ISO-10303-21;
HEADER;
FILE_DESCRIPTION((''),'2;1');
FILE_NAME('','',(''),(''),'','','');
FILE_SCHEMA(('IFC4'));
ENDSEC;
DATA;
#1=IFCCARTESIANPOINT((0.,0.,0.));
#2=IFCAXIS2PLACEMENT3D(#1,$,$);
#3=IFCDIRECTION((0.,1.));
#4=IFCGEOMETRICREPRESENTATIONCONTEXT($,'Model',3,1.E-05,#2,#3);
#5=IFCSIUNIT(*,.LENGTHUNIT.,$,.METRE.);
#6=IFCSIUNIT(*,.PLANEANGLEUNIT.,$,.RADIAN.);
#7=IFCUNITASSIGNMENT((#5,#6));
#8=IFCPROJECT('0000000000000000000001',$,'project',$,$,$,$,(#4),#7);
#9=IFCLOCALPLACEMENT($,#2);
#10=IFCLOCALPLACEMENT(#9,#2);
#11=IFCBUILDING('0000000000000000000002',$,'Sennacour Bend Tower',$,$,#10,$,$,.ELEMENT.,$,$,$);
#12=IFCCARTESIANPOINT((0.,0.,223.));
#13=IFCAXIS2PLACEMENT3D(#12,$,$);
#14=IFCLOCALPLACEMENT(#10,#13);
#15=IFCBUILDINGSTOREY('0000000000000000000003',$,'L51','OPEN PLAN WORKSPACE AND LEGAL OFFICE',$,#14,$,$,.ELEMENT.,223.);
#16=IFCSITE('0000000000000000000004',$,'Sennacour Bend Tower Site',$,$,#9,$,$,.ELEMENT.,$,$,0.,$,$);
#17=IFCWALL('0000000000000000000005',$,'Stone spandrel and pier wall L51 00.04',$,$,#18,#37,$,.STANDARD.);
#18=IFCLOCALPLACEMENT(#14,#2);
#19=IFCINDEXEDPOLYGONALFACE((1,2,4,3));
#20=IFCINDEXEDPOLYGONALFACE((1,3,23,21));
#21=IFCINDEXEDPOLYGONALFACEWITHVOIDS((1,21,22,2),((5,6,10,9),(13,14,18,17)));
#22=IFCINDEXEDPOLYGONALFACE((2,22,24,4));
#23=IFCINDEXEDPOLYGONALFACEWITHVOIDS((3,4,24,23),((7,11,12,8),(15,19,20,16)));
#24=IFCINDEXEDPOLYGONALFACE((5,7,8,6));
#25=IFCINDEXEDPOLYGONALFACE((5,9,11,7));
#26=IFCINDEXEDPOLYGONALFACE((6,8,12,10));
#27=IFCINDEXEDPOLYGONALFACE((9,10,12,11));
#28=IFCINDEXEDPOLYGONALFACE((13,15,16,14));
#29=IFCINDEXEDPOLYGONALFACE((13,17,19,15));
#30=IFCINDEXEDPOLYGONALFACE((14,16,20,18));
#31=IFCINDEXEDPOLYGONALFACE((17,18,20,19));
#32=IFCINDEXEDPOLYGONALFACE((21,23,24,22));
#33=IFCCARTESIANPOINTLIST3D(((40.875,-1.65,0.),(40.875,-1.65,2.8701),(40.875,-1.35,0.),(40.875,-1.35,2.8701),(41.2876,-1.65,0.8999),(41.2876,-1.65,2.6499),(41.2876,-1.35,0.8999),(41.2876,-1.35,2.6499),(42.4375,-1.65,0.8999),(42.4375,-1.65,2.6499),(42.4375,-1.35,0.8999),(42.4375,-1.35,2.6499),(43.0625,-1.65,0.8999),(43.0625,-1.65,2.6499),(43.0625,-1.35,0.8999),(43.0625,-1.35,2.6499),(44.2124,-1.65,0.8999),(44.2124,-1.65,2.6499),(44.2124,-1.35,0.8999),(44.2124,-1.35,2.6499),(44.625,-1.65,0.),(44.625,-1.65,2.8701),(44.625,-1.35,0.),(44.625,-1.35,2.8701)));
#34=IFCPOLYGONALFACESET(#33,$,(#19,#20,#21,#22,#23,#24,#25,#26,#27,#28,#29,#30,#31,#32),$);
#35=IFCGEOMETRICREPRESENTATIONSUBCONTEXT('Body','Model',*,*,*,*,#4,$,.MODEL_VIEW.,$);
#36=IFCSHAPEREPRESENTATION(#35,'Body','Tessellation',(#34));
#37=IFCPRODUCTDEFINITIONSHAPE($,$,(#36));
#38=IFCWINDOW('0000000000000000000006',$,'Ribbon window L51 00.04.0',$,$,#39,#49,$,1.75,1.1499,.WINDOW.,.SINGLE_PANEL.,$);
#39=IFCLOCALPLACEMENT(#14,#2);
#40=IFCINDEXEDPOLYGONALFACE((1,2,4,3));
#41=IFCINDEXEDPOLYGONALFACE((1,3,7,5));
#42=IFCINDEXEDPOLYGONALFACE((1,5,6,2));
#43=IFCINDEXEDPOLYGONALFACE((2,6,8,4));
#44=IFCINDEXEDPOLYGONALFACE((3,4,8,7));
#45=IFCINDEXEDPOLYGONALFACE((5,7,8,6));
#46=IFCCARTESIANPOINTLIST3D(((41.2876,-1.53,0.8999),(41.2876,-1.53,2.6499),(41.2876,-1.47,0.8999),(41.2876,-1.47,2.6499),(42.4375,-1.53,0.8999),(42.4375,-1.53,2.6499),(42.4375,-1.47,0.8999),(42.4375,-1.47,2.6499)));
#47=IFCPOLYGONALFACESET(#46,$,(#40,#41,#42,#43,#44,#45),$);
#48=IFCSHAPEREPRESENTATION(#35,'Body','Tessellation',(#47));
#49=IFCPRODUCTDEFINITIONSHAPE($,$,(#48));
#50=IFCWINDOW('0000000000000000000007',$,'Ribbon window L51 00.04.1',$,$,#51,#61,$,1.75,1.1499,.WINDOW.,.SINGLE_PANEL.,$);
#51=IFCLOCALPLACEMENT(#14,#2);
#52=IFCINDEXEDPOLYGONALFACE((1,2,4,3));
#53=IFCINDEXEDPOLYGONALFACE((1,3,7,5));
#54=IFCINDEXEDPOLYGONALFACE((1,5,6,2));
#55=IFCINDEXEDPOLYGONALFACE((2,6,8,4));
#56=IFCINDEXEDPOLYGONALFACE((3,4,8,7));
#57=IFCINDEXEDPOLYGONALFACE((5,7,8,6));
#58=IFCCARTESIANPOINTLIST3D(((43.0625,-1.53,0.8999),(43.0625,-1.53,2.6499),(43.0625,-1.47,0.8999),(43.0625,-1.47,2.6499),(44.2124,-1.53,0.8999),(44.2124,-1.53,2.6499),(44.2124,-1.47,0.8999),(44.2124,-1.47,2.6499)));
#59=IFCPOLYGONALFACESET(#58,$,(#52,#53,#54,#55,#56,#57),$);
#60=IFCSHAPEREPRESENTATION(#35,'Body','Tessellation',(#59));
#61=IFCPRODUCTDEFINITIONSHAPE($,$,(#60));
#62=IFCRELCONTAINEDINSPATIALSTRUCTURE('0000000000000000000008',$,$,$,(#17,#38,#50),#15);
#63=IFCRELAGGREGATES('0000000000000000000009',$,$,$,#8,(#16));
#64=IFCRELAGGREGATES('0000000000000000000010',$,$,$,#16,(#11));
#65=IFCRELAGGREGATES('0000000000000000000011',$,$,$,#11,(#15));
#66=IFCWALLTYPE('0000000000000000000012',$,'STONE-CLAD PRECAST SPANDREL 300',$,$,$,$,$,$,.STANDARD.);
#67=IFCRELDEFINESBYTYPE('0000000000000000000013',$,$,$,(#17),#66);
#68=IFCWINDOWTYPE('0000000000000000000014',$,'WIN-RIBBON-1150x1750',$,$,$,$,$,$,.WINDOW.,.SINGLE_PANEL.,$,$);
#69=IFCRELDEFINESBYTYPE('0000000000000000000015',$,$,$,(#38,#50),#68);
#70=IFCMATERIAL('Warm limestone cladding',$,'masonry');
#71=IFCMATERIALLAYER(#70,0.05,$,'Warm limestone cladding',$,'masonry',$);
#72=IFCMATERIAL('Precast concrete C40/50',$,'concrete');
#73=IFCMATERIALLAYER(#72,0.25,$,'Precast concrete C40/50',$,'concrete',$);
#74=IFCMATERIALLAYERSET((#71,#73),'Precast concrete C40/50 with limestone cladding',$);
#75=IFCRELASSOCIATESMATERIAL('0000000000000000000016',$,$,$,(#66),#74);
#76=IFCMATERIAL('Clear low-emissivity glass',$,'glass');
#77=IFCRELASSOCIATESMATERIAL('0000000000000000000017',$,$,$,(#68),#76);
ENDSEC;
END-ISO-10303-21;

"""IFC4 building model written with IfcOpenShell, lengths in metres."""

from ifc_helpers import new_model, si_unit, direction, frame, frame_2d, origin, place, context, subcontext, project, spatial, rectangle, extrude, material, layer, layer_set, type_object, element, fill, save


model = new_model("IFC4")

# Units and contexts
model_context = context("Model", 3, precision=1e-05, world=origin(), true_north=direction((0.0, 1.0)))
body_context = subcontext(model_context, "Body", "Model", "MODEL_VIEW")
ifc_project = project(units=[si_unit("LENGTHUNIT", "METRE"), si_unit("PLANEANGLEUNIT", "RADIAN")], contexts=[model_context])

# Site, building, storey
site_placement = place(None, origin())
site = spatial("IfcSite", under=ifc_project, at=site_placement, Name="Sennacour Bend Tower Site", CompositionType="ELEMENT", RefElevation=0.0)
building_placement = place(site_placement, origin())
building = spatial("IfcBuilding", under=site, at=building_placement, Name="Sennacour Bend Tower", CompositionType="ELEMENT")
storey_placement = place(building_placement, frame((0.0, 0.0, 223.0)))
storey = spatial("IfcBuildingStorey", under=building, at=storey_placement, Name="L51", Description="OPEN PLAN WORKSPACE AND LEGAL OFFICE", CompositionType="ELEMENT", Elevation=223.0)

# Wall, openings, windows
ifc_material_1 = material(Name="Warm limestone cladding", Category="masonry")
ifc_layer_1 = layer(ifc_material_1, 0.05, Name="Warm limestone cladding", Category="masonry")
ifc_material_2 = material(Name="Precast concrete C40/50", Category="concrete")
ifc_layer_2 = layer(ifc_material_2, 0.25, Name="Precast concrete C40/50", Category="concrete")
ifc_layer_set_1 = layer_set([ifc_layer_1, ifc_layer_2], Name="Precast concrete C40/50 with limestone cladding")
wall_type_1 = type_object("IfcWallType", Name="STONE-CLAD PRECAST SPANDREL 300", PredefinedType="STANDARD", material=ifc_layer_set_1)
ifc_material_3 = material(Name="Clear low-emissivity glass", Category="glass")
window_type = type_object("IfcWindowType", Name="WIN-RIBBON-1150x1750", PartitioningType="SINGLE_PANEL", PredefinedType="WINDOW", material=ifc_material_3)
wall_1_placement = place(storey_placement, frame((40.875, -1.5, 0.0), z_axis=(0.0, 0.0, 1.0), x_axis=(1.0, 0.0, 0.0)))
wall_1 = element("IfcWall", 1, at=wall_1_placement, inside=storey, type_object=wall_type_1, Name="Stone spandrel and pier wall L51 00.04", PredefinedType="STANDARD", context=body_context, shape_type="SweptSolid", body=[
    extrude(rectangle(XDim=3.75, YDim=0.3, at=frame_2d((1.875, 0.0))), origin(), (0.0, 0.0, 1.0), 2.8701),
])
opening_1_placement = place(wall_1_placement, frame((0.4126, 0.0, 0.8999)))
opening_1 = element("IfcOpeningElement", 2, at=opening_1_placement, cuts=wall_1, PredefinedType="OPENING", context=body_context, shape_type="SweptSolid", body=[
    extrude(rectangle(XDim=1.1499, YDim=1.75, at=frame_2d((0.575, 0.875))), frame((0.0, 0.1602, 0.0), z_axis=(0.0, -1.0, 0.0), x_axis=(1.0, 0.0, 0.0)), (0.0, 0.0, 1.0), 0.3201),
])
opening_2_placement = place(wall_1_placement, frame((2.1875, 0.0, 0.8999)))
opening_2 = element("IfcOpeningElement", 3, at=opening_2_placement, cuts=wall_1, PredefinedType="OPENING", context=body_context, shape_type="SweptSolid", body=[
    extrude(rectangle(XDim=1.1499, YDim=1.75, at=frame_2d((0.575, 0.875))), frame((0.0, 0.1602, 0.0), z_axis=(0.0, -1.0, 0.0), x_axis=(1.0, 0.0, 0.0)), (0.0, 0.0, 1.0), 0.3201),
])
window_1_placement = place(opening_1_placement, origin())
window_1 = element("IfcWindow", 4, at=window_1_placement, inside=storey, type_object=window_type, Name="Ribbon window L51 00.04.0", OverallHeight=1.75, OverallWidth=1.1499, PartitioningType="SINGLE_PANEL", PredefinedType="WINDOW", context=body_context, shape_type="SweptSolid", body=[
    extrude(rectangle(XDim=1.1499, YDim=1.75, at=frame_2d((0.575, 0.875))), frame((0.0, 0.03, 0.0), z_axis=(0.0, -1.0, 0.0), x_axis=(1.0, 0.0, 0.0)), (0.0, 0.0, 1.0), 0.0601),
])
fill(opening_1, window_1)
window_2_placement = place(opening_2_placement, origin())
window_2 = element("IfcWindow", 5, at=window_2_placement, inside=storey, type_object=window_type, Name="Ribbon window L51 00.04.1", OverallHeight=1.75, OverallWidth=1.1499, PartitioningType="SINGLE_PANEL", PredefinedType="WINDOW", context=body_context, shape_type="SweptSolid", body=[
    extrude(rectangle(XDim=1.1499, YDim=1.75, at=frame_2d((0.575, 0.875))), frame((0.0, 0.03, 0.0), z_axis=(0.0, -1.0, 0.0), x_axis=(1.0, 0.0, 0.0)), (0.0, 0.0, 1.0), 0.0601),
])
fill(opening_2, window_2)

save(model, "model.ifc")
